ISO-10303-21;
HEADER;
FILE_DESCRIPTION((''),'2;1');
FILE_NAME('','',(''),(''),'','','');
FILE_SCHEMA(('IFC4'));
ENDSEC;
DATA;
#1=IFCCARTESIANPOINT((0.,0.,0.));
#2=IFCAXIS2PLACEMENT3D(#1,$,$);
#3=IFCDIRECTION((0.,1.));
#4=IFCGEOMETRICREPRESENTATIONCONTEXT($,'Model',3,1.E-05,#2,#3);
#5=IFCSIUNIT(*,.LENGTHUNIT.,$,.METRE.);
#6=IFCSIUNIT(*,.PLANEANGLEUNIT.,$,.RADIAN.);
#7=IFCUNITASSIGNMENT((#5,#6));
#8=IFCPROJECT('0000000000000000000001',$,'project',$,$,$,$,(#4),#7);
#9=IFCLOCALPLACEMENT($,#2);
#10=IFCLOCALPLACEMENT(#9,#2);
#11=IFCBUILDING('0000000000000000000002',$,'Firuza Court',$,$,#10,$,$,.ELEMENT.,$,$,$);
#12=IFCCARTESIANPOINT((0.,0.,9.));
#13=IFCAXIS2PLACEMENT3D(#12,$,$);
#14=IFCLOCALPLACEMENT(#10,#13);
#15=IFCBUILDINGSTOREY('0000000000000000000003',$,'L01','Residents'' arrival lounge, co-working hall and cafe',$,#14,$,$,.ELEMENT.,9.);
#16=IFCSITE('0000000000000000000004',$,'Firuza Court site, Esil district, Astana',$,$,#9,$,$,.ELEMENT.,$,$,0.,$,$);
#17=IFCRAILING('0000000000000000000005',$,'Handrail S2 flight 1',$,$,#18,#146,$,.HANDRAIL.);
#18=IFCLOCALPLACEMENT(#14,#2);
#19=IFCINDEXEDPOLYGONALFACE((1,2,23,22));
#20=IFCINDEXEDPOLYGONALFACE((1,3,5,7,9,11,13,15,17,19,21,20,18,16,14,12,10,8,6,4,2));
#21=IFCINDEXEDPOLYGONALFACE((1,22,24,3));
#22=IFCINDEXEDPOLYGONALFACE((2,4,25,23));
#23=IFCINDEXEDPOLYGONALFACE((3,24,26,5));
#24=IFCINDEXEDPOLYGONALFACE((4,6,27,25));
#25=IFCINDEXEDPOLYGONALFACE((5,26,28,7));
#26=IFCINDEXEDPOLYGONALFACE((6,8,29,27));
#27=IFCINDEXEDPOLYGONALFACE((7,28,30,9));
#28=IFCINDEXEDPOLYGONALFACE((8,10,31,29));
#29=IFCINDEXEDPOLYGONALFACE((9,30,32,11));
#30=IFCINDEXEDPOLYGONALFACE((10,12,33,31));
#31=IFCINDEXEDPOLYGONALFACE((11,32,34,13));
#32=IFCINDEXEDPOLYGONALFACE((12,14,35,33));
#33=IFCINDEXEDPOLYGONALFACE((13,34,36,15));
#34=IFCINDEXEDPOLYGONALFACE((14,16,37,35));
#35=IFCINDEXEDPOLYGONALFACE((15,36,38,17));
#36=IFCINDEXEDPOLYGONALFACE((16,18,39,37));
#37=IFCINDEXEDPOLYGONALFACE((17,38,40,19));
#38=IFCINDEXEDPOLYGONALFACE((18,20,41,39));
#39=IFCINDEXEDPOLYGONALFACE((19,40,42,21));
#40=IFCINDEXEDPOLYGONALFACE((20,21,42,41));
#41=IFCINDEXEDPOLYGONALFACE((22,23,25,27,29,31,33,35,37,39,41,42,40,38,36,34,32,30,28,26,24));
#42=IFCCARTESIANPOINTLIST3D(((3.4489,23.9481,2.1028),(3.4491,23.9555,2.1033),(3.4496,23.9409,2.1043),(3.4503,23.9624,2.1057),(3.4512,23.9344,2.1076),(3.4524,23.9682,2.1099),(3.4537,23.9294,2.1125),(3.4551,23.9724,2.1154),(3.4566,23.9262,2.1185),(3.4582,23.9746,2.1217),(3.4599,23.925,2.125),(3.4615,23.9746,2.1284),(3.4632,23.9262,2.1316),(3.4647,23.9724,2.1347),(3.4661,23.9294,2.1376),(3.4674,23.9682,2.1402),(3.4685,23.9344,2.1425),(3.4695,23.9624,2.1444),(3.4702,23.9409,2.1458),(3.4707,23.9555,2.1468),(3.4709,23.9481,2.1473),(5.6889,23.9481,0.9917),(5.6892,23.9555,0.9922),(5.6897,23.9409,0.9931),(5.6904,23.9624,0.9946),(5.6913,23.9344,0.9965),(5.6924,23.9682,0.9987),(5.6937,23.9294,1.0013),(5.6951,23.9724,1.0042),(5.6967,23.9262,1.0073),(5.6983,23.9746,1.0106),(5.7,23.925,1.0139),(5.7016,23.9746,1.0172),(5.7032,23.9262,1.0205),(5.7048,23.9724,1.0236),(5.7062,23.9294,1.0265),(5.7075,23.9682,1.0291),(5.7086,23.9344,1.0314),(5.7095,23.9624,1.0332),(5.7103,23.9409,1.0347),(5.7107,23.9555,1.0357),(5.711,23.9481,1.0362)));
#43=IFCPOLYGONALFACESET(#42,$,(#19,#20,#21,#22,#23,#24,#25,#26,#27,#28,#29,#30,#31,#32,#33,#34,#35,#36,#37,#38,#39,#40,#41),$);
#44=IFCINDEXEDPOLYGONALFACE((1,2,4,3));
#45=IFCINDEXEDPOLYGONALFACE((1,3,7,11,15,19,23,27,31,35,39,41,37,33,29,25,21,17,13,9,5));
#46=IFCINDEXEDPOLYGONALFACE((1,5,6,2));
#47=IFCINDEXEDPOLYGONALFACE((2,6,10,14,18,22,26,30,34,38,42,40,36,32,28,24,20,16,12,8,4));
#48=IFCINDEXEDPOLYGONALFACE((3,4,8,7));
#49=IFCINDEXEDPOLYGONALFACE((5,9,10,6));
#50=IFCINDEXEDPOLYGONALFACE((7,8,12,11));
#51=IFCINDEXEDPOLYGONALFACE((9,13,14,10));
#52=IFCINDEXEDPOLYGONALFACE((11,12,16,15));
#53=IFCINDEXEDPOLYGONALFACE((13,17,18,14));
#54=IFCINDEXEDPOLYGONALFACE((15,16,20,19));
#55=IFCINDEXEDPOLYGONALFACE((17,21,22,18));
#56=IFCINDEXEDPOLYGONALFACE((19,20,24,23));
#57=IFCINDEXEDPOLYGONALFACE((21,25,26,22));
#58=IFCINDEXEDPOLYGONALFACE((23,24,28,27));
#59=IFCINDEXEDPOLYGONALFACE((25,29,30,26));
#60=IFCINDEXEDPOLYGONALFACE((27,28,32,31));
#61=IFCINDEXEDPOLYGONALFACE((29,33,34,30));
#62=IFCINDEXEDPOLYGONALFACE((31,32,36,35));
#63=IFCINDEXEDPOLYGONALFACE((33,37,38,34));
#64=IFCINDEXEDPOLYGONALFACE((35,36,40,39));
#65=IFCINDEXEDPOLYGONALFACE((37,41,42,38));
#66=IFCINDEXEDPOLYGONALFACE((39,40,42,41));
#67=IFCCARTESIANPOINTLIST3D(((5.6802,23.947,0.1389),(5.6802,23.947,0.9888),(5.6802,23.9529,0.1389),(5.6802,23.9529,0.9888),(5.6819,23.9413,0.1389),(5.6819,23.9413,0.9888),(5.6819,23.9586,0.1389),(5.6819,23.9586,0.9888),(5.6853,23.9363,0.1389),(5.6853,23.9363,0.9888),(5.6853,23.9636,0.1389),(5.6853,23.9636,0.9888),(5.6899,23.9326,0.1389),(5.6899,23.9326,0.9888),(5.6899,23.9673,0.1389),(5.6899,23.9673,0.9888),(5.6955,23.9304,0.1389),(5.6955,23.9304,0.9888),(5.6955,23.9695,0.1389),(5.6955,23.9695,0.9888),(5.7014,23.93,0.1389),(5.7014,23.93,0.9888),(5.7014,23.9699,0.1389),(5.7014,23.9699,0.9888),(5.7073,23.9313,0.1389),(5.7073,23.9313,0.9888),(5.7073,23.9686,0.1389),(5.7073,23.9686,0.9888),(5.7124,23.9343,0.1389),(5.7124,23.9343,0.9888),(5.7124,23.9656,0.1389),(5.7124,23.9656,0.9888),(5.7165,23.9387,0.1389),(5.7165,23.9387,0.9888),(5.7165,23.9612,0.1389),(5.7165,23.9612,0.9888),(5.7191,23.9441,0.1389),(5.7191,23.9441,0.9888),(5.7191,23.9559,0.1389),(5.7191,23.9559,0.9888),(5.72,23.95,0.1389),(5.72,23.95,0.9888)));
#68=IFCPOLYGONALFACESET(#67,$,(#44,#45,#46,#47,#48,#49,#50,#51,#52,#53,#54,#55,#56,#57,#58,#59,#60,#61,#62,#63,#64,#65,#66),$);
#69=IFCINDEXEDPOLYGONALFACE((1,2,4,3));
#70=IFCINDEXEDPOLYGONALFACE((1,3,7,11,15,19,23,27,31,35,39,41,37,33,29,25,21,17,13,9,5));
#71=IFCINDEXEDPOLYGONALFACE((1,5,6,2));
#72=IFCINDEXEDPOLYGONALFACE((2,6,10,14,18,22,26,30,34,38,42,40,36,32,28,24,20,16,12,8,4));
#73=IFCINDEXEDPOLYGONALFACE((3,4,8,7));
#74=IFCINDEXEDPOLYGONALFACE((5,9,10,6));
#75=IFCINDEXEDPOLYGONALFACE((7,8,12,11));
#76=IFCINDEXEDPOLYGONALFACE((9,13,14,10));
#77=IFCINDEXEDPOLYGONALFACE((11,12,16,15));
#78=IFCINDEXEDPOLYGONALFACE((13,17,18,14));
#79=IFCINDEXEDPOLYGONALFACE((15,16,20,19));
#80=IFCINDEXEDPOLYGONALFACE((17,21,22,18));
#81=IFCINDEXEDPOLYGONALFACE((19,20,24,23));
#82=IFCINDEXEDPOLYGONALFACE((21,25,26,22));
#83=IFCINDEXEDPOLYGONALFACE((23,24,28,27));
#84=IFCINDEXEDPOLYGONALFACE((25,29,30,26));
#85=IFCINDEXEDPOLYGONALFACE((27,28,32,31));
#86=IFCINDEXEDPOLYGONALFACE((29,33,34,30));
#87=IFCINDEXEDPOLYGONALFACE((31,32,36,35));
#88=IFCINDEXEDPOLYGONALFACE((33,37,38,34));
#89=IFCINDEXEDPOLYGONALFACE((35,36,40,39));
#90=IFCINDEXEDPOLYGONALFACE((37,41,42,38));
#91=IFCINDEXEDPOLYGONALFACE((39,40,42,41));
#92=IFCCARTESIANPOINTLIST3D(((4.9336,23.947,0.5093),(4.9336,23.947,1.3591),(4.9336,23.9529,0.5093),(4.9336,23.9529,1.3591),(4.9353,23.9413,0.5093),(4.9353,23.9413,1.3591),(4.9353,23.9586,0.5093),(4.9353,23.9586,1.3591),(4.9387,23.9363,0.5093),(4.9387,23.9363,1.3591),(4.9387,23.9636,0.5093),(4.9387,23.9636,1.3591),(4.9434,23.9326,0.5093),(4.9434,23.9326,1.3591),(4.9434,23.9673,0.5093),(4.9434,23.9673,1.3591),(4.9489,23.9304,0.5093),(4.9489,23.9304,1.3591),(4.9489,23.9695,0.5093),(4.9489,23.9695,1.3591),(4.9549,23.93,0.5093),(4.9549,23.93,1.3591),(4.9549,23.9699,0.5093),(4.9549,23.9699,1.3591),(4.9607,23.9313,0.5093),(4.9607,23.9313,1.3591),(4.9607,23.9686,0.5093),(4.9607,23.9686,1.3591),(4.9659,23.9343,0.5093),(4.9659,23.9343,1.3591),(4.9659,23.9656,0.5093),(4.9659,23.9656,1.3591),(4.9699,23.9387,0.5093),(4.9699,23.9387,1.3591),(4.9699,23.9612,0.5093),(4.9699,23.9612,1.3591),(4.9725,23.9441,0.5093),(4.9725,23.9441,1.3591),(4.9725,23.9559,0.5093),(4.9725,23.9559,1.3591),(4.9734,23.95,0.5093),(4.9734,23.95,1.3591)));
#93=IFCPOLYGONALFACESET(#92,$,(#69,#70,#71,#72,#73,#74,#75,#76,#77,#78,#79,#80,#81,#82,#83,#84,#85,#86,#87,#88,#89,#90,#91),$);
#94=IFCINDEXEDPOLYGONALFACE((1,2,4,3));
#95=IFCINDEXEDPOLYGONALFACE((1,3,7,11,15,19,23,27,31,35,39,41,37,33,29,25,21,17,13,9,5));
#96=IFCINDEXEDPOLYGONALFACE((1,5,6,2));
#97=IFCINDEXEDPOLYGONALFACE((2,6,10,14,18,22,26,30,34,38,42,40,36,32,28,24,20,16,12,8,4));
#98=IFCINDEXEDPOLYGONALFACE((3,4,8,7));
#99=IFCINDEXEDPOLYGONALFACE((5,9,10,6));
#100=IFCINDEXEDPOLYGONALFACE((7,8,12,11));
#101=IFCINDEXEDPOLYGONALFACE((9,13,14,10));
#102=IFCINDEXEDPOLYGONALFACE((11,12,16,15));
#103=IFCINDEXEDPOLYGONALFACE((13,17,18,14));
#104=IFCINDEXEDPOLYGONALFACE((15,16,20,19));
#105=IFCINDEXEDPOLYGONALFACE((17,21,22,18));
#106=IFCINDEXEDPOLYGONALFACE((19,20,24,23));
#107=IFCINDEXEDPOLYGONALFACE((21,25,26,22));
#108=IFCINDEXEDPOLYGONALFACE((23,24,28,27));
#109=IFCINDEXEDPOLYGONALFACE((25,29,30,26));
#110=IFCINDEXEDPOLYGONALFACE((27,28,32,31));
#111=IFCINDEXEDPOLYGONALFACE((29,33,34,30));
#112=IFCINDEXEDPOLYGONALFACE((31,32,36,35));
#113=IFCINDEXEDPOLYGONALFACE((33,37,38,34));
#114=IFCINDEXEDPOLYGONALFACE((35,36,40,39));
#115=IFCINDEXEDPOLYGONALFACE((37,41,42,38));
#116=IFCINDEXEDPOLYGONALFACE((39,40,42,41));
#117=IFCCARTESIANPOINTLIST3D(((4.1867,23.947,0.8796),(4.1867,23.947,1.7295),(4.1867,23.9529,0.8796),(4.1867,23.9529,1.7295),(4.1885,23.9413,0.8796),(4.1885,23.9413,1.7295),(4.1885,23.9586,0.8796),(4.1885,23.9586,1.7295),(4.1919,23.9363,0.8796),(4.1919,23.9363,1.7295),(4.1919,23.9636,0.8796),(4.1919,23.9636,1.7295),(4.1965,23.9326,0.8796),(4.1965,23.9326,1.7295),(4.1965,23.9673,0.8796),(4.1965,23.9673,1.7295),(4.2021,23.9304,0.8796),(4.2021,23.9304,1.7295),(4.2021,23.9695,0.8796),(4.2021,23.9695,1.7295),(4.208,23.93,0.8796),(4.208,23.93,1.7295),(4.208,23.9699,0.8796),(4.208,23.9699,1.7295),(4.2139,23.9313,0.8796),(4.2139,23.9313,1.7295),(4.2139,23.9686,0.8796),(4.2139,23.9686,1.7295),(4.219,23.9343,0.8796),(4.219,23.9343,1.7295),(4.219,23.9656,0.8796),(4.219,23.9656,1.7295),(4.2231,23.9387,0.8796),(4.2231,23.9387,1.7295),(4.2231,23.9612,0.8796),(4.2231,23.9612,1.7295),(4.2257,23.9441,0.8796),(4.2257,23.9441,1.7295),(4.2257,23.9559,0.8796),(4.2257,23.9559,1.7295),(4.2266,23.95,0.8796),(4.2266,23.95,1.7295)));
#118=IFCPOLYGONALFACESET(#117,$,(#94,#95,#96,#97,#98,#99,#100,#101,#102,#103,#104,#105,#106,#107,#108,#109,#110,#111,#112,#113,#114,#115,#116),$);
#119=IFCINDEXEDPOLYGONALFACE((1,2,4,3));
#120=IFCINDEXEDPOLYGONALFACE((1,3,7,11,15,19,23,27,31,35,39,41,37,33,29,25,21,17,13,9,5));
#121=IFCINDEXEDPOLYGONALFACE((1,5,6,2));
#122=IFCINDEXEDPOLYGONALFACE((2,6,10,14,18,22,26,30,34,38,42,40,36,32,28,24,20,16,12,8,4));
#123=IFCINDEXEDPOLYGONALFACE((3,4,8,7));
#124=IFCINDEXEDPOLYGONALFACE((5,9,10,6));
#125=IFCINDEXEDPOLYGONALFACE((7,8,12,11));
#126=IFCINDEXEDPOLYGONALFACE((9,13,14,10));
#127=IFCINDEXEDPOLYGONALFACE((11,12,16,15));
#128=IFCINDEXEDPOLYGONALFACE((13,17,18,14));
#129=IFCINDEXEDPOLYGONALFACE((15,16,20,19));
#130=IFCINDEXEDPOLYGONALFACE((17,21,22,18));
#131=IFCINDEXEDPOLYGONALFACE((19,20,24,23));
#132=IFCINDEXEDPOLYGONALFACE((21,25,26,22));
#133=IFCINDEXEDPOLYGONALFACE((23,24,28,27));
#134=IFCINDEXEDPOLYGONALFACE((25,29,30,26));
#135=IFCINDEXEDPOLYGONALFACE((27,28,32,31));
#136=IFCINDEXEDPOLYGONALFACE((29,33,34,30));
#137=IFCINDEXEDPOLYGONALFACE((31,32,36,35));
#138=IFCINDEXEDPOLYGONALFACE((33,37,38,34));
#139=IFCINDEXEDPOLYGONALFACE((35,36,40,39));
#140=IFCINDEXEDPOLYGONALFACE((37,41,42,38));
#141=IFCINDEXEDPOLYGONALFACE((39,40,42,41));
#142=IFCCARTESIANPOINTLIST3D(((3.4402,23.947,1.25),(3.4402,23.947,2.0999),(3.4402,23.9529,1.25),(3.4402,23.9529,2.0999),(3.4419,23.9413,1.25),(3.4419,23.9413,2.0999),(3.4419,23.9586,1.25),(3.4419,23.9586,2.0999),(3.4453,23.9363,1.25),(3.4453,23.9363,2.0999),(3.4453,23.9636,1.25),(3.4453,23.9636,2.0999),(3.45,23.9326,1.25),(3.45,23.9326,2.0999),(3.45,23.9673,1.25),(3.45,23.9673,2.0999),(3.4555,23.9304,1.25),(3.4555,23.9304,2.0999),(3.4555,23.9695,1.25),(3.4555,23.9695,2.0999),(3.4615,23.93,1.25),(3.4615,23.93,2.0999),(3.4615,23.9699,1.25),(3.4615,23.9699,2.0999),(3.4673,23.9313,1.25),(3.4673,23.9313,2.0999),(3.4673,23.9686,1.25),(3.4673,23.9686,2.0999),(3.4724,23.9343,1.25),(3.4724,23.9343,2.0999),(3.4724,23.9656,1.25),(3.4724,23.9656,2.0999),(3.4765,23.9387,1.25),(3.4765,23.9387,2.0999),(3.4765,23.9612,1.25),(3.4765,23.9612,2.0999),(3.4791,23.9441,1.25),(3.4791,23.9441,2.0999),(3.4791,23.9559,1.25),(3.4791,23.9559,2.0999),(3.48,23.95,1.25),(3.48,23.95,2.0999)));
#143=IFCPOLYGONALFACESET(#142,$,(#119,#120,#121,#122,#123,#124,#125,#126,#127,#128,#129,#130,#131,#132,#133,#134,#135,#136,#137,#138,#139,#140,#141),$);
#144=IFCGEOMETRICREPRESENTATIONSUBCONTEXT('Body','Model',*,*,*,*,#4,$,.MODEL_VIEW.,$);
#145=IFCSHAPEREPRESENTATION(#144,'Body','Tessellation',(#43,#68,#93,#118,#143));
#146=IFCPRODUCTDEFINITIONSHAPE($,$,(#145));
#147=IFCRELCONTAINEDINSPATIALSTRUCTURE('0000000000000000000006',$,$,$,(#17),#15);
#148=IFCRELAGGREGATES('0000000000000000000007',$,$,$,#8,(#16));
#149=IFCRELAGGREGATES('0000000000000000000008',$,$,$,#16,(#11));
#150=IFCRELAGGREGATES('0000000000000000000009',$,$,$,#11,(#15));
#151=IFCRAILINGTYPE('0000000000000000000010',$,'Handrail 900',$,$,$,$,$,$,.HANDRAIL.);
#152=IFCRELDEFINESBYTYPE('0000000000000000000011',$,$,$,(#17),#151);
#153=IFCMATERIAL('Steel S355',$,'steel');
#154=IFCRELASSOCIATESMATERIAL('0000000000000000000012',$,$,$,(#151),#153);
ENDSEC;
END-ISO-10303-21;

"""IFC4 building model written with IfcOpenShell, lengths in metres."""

from ifc_helpers import new_model, si_unit, direction, frame, origin, origin_2d, place, context, subcontext, project, spatial, circle, extrude, material, type_object, element, save


model = new_model("IFC4")

# Units and contexts
model_context = context("Model", 3, precision=1e-05, world=origin(), true_north=direction((0.0, 1.0)))
body_context = subcontext(model_context, "Body", "Model", "MODEL_VIEW")
ifc_project = project(units=[si_unit("LENGTHUNIT", "METRE"), si_unit("PLANEANGLEUNIT", "RADIAN")], contexts=[model_context])

# Site, building, storey
site_placement = place(None, origin())
site = spatial("IfcSite", under=ifc_project, at=site_placement, Name="Firuza Court site, Esil district, Astana", CompositionType="ELEMENT", RefElevation=0.0)
building_placement = place(site_placement, origin())
building = spatial("IfcBuilding", under=site, at=building_placement, Name="Firuza Court", CompositionType="ELEMENT")
storey_placement = place(building_placement, frame((0.0, 0.0, 9.0)))
storey = spatial("IfcBuildingStorey", under=building, at=storey_placement, Name="L01", Description="Residents' arrival lounge, co-working hall and cafe", CompositionType="ELEMENT", Elevation=9.0)

# Railing
ifc_material_1 = material(Name="Steel S355", Category="steel")
railing_type_1 = type_object("IfcRailingType", Name="Handrail 900", PredefinedType="HANDRAIL", material=ifc_material_1)
for number, where, name in (
    (1, (5.7, 23.95, 0.1389), "Handrail S2 flight 1"),
):
    element("IfcRailing", number, at=place(storey_placement, frame(where)), inside=storey, type_object=railing_type_1, Name=name, PredefinedType="HANDRAIL", context=body_context, shape_type="SweptSolid", body=[
        extrude(circle(Radius=0.0249, at=origin_2d()), frame((0.0, 0.0, 0.875), z_axis=(-0.895848, 0.0, 0.44436), x_axis=(0.0, -1.0, 0.0)), (0.0, 0.0, 1.0), 2.5005),
        extrude(circle(Radius=0.02, at=origin_2d()), origin(), (0.0, 0.0, 1.0), 0.8499),
        extrude(circle(Radius=0.02, at=origin_2d()), frame((-0.7466, 0.0, 0.3704)), (0.0, 0.0, 1.0), 0.8499),
        extrude(circle(Radius=0.02, at=origin_2d()), frame((-1.4934, 0.0, 0.7407)), (0.0, 0.0, 1.0), 0.8499),
        extrude(circle(Radius=0.02, at=origin_2d()), frame((-2.24, 0.0, 1.1111)), (0.0, 0.0, 1.0), 0.8499),
    ])

save(model, "model.ifc")
